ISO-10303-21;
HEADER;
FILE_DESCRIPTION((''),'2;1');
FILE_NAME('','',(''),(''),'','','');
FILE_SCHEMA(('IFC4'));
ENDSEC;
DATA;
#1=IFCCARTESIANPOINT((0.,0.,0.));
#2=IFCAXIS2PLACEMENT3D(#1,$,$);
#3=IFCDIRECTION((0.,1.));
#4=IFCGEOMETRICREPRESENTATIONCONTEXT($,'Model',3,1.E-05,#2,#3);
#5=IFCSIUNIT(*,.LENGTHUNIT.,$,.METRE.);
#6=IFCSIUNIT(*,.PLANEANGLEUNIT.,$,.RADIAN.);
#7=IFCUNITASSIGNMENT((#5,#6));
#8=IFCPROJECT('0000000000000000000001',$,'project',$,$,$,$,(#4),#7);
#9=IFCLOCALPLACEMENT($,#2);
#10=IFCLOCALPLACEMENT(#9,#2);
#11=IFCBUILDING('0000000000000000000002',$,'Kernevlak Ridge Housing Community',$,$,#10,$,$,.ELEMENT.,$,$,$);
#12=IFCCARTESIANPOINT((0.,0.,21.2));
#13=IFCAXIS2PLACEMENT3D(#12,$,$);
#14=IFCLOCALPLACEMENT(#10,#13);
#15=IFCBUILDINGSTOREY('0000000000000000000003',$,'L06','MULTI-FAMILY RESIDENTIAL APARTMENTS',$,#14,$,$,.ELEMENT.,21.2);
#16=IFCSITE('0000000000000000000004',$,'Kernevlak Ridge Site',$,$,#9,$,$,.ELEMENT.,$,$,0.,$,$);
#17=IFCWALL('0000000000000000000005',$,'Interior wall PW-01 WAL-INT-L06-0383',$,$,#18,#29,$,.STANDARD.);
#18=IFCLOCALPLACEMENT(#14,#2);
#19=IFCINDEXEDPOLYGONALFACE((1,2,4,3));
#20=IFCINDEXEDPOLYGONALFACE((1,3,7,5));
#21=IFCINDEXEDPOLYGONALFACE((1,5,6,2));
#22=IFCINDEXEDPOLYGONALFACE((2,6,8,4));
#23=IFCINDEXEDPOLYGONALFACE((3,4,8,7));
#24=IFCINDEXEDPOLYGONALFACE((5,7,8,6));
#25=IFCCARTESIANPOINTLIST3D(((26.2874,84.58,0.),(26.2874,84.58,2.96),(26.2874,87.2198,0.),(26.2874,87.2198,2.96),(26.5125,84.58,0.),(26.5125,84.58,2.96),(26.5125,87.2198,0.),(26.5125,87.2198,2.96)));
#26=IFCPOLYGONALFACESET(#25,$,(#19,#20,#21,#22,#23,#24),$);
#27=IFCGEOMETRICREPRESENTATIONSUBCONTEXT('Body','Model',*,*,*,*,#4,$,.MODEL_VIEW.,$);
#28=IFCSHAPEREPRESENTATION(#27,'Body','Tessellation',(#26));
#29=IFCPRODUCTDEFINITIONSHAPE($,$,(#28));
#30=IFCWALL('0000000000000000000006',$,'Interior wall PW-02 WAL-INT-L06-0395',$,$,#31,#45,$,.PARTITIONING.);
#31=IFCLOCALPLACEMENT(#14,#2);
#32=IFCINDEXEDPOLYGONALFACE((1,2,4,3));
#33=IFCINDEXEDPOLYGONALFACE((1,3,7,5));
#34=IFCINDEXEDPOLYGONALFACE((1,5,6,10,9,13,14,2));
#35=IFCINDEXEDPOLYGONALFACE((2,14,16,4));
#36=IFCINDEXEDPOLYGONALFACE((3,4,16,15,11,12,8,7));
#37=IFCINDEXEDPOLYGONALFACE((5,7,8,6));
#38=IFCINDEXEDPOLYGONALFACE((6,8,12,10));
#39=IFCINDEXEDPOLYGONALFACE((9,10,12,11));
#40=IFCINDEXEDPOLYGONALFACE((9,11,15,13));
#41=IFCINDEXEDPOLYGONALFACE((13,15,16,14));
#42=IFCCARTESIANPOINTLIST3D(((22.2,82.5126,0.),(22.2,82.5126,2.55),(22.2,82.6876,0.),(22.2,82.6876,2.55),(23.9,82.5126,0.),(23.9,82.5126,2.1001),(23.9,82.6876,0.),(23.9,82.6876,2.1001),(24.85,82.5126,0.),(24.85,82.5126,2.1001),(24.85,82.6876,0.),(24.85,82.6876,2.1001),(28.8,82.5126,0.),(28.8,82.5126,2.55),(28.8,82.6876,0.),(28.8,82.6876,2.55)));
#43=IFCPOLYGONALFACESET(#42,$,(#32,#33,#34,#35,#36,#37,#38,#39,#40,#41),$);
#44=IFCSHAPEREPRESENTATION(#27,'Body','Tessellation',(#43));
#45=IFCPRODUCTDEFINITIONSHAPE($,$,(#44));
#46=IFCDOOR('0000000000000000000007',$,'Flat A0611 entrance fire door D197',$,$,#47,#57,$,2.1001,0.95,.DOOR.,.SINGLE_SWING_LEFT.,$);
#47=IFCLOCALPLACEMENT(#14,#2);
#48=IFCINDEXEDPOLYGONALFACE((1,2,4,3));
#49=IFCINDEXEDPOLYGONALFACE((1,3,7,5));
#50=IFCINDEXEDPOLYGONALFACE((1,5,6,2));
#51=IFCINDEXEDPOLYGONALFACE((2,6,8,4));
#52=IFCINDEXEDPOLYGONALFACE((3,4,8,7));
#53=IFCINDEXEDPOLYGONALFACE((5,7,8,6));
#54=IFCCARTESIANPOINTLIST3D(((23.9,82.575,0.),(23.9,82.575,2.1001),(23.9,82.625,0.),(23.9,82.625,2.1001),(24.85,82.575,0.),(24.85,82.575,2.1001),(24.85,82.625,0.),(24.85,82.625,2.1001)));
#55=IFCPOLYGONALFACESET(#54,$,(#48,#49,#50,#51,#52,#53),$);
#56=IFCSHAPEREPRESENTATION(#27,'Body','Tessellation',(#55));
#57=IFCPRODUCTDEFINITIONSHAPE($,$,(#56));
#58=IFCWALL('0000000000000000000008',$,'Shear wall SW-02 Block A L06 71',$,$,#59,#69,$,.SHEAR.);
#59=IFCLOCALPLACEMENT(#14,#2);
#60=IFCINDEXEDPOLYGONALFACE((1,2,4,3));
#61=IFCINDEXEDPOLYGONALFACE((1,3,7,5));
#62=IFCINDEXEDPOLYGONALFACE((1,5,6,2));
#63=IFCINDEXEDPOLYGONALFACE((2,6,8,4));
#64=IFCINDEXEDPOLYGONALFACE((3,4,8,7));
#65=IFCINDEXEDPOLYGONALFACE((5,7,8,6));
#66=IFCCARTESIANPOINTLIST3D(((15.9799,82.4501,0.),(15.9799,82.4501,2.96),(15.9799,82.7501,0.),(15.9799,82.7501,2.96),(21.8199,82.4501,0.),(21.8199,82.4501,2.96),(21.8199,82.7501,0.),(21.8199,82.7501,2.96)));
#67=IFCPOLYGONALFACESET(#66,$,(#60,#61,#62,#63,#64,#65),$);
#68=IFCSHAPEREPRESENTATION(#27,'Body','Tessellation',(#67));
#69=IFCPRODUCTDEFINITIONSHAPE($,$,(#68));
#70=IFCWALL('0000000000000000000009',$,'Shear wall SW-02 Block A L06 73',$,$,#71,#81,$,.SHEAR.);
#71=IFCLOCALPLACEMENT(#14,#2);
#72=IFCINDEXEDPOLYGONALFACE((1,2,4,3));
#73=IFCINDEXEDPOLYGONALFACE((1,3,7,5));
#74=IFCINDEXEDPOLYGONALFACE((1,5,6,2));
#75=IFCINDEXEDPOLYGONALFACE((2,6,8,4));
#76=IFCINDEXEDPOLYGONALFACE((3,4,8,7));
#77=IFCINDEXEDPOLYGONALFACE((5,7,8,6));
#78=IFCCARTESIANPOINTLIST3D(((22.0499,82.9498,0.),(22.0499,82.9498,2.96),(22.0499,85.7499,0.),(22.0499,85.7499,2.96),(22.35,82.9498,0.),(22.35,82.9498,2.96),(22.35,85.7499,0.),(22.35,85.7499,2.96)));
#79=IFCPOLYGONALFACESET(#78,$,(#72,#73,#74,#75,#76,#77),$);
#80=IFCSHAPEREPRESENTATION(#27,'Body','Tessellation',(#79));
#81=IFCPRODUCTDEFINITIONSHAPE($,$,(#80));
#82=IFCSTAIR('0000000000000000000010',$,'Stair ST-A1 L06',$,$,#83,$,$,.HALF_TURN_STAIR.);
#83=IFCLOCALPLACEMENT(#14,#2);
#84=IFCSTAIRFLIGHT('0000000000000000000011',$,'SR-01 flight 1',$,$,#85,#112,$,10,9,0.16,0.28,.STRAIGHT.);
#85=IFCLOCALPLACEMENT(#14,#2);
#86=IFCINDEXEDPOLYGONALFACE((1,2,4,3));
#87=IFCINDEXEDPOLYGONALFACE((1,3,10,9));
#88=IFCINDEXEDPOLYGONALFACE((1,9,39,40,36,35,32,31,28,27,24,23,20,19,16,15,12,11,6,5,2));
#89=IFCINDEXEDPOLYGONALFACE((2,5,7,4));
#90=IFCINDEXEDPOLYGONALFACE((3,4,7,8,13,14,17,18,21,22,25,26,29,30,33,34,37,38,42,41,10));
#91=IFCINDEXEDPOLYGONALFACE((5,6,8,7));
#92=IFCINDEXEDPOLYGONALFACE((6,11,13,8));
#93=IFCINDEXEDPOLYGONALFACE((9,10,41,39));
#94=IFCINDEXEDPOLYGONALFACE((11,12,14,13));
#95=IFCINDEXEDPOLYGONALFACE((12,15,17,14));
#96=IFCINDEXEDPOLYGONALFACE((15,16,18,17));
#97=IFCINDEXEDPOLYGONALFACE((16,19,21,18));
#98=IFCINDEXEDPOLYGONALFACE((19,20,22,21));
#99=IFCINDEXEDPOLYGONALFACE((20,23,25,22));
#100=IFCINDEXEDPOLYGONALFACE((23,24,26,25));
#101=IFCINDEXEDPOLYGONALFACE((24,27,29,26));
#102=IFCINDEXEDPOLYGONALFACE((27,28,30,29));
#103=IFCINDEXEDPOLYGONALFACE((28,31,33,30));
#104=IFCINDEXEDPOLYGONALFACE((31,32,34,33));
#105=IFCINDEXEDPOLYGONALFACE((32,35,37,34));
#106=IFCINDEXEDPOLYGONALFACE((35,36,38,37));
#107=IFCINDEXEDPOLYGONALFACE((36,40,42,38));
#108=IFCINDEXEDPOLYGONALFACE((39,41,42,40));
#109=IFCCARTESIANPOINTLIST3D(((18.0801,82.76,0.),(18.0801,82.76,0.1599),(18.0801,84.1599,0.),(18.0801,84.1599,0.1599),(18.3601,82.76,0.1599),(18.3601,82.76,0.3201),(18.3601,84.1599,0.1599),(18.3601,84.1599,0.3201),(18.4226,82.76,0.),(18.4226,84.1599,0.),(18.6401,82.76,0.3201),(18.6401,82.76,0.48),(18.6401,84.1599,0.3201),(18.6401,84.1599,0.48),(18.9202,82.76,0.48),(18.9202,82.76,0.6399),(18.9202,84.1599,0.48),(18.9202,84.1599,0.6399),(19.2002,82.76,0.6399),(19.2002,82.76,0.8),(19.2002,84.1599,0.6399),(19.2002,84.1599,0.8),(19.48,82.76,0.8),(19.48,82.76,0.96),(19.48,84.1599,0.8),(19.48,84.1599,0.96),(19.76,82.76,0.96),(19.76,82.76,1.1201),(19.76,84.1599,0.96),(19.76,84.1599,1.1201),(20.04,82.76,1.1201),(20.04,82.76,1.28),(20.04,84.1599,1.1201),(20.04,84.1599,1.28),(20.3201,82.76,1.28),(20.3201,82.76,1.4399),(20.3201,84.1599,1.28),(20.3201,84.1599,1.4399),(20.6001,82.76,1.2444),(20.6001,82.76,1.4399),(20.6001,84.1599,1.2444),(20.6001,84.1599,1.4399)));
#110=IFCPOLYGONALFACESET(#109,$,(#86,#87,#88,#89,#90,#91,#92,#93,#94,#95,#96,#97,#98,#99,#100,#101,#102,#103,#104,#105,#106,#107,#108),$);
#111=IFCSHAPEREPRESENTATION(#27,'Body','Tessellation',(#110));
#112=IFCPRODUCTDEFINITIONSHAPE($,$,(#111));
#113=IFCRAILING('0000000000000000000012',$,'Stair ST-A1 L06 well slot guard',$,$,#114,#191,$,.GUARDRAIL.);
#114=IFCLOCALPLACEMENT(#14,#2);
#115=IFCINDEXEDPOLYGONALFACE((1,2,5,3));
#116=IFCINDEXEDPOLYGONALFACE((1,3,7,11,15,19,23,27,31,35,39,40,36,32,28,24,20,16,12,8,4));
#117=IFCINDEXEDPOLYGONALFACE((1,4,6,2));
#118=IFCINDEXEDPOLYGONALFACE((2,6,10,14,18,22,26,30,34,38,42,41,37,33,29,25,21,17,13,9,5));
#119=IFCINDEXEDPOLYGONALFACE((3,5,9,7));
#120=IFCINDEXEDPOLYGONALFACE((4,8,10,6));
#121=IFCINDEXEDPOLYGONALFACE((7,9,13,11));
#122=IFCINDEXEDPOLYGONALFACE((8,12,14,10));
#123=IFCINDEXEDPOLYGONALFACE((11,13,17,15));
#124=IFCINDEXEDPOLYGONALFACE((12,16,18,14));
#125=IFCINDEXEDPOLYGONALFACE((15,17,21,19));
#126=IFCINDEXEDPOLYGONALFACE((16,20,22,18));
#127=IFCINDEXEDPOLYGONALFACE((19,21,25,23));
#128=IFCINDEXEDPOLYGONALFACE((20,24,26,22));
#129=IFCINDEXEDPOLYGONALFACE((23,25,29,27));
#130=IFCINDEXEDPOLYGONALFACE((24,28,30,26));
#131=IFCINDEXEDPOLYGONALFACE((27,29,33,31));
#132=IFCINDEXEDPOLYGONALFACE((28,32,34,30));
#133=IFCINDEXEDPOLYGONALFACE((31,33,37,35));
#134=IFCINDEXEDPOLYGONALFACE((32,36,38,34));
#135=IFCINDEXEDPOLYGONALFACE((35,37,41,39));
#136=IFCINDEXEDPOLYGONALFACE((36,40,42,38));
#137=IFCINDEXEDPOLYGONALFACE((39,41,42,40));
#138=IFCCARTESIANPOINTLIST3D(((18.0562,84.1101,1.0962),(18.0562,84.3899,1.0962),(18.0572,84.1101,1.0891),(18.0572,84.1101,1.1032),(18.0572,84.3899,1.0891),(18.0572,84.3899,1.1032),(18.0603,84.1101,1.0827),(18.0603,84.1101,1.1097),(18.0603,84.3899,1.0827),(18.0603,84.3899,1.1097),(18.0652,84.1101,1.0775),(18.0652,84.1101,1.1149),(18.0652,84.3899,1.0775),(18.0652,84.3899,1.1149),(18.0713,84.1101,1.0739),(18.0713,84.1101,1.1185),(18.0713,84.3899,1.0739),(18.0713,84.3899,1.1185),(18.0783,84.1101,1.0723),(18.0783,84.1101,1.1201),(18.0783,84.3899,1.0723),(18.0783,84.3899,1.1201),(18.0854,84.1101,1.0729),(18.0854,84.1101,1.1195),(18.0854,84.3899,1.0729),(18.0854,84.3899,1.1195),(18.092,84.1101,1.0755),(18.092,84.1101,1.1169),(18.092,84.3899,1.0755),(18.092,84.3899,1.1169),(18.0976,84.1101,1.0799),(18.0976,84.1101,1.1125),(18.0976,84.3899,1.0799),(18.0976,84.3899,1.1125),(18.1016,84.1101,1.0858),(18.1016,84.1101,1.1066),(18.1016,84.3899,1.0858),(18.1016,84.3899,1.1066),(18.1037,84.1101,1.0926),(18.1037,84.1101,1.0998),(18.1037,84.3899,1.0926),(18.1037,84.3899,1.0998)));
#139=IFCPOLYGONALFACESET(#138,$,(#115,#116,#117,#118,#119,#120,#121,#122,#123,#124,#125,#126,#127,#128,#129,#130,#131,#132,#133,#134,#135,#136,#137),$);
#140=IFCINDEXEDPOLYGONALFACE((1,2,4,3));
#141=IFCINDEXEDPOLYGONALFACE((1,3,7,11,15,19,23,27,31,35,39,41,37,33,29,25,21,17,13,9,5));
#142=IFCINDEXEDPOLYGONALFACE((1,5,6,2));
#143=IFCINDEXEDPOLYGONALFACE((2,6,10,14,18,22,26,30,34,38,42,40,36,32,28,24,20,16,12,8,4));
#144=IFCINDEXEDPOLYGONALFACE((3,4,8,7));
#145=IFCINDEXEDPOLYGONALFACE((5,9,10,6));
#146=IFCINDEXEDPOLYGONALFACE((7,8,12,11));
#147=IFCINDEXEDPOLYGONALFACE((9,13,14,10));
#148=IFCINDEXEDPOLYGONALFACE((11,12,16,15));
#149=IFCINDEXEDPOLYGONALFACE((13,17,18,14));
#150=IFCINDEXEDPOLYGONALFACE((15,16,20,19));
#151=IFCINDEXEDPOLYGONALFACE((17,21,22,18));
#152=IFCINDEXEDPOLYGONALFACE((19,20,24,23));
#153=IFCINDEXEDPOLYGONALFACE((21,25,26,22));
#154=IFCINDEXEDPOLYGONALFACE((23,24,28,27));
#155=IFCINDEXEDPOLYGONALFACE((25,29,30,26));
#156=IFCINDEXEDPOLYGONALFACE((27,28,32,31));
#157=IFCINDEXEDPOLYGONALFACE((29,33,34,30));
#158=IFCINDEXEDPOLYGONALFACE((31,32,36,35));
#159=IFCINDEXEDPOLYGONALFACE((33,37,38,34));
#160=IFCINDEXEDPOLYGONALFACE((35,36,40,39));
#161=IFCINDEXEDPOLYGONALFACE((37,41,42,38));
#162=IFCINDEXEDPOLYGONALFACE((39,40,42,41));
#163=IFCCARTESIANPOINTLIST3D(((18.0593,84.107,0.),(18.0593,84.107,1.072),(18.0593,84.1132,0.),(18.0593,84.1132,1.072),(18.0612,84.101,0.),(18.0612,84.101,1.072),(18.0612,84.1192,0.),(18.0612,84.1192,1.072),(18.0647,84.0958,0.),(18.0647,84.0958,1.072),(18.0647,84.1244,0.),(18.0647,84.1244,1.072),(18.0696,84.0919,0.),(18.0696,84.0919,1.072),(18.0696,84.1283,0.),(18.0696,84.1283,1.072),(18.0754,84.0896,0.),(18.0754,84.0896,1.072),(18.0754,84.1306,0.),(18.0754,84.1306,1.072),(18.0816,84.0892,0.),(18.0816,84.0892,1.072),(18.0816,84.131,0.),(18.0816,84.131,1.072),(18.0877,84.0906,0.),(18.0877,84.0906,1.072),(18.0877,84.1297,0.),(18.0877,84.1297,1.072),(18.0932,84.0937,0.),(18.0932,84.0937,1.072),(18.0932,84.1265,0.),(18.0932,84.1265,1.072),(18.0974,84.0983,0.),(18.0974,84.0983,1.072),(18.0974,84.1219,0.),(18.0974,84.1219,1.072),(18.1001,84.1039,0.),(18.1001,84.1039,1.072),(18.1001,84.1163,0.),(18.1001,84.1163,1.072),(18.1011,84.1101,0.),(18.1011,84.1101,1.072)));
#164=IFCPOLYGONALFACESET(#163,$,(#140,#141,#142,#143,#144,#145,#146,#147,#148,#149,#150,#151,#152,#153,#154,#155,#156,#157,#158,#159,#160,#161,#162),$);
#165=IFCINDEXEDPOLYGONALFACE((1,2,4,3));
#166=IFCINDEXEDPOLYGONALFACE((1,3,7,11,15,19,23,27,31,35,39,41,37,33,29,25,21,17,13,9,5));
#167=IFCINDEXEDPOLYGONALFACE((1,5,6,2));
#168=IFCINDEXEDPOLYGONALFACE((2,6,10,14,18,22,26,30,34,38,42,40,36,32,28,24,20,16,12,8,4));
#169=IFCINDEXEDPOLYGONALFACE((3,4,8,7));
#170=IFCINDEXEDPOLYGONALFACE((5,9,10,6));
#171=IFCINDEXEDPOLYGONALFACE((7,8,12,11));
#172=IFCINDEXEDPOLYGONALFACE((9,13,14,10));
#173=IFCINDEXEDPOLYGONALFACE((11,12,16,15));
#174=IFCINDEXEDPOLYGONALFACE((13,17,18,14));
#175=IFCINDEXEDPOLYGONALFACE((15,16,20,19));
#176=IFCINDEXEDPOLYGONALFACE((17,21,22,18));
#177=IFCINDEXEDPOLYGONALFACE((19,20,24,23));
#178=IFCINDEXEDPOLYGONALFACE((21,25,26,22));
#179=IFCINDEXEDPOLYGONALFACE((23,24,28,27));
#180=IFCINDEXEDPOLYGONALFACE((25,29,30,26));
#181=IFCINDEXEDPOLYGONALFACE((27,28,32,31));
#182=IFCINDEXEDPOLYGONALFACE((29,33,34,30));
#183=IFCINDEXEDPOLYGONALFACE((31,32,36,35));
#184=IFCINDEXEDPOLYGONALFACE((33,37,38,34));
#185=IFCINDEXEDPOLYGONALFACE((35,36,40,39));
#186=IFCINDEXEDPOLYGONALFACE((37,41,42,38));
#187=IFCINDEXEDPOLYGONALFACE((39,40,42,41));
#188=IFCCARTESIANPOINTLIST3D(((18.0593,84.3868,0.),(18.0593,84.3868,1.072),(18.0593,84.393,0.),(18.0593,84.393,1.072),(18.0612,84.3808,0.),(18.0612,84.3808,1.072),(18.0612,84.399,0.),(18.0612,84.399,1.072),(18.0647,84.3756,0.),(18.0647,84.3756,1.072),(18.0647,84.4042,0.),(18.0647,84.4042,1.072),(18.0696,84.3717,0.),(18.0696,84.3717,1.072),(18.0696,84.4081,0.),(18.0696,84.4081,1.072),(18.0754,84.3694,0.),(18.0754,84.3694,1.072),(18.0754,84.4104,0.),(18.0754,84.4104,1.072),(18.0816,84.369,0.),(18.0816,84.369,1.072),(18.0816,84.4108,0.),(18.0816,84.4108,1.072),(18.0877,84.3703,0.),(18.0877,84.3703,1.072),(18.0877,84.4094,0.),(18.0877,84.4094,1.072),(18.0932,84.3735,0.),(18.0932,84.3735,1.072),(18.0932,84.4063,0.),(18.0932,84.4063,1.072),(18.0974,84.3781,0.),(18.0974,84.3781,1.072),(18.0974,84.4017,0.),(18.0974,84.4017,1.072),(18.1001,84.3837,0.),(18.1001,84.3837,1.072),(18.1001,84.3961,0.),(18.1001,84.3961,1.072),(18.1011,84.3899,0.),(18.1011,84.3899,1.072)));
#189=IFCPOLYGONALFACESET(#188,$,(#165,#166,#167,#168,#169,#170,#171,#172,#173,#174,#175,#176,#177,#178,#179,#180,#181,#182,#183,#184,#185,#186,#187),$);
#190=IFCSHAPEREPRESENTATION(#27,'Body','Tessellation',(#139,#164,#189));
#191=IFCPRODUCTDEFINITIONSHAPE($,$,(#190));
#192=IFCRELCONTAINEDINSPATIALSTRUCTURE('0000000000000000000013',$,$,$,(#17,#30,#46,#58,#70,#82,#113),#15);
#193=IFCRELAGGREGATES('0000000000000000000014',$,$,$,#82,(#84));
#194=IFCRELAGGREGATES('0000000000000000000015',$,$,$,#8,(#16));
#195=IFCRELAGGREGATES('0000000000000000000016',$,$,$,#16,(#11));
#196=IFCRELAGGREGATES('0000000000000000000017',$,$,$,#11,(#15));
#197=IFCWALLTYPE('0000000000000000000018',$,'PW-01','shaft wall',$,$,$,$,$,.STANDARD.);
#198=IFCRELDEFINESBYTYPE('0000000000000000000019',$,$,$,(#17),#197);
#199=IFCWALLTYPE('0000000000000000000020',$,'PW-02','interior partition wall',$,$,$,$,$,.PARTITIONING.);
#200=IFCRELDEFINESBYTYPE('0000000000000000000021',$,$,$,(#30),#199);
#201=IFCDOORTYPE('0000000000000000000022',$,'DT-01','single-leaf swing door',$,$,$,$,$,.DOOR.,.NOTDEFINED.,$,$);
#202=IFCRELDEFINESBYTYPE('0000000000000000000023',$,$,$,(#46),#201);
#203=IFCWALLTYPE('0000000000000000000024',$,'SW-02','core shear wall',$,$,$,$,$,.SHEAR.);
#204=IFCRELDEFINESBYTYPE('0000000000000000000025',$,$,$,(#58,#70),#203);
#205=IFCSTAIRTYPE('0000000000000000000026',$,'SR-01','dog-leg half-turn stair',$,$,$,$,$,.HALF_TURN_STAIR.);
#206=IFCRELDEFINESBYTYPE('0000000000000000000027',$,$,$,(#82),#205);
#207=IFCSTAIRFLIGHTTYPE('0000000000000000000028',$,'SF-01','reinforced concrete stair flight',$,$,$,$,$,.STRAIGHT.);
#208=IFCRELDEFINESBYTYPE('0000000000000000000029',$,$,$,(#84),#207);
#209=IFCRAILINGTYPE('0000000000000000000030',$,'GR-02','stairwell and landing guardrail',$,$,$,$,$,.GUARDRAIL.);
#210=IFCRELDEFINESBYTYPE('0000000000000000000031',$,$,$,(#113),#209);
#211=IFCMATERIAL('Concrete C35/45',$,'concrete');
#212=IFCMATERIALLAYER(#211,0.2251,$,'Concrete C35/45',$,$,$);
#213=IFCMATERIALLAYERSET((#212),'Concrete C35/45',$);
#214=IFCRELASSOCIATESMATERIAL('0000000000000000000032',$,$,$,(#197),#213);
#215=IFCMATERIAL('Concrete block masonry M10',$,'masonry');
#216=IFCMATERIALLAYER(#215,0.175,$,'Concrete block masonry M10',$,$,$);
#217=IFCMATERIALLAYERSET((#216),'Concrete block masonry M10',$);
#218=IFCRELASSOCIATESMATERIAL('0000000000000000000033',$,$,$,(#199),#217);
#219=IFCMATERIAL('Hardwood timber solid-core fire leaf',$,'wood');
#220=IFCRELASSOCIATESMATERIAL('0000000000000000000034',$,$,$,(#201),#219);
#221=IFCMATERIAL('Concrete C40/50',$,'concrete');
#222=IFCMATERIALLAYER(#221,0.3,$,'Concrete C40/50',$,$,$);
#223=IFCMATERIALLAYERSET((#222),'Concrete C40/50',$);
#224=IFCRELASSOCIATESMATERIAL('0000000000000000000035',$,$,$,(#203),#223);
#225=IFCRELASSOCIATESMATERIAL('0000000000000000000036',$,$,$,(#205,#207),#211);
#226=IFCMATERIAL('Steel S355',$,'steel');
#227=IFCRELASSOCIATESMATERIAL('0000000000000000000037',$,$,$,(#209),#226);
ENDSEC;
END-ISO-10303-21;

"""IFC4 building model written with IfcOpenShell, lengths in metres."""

from ifc_helpers import new_model, si_unit, direction, frame, frame_2d, origin, origin_2d, place, context, subcontext, project, spatial, polyline, rectangle, circle, outline, extrude, material, layer, layer_set, type_object, element, fill, aggregate, save


model = new_model("IFC4")

# Units and contexts
model_context = context("Model", 3, precision=1e-05, world=origin(), true_north=direction((0.0, 1.0)))
body_context = subcontext(model_context, "Body", "Model", "MODEL_VIEW")
ifc_project = project(units=[si_unit("LENGTHUNIT", "METRE"), si_unit("PLANEANGLEUNIT", "RADIAN")], contexts=[model_context])

# Site, building, storey
site_placement = place(None, origin())
site = spatial("IfcSite", under=ifc_project, at=site_placement, Name="Kernevlak Ridge Site", CompositionType="ELEMENT", RefElevation=0.0)
building_placement = place(site_placement, origin())
building = spatial("IfcBuilding", under=site, at=building_placement, Name="Kernevlak Ridge Housing Community", CompositionType="ELEMENT")
storey_placement = place(building_placement, frame((0.0, 0.0, 21.2)))
storey = spatial("IfcBuildingStorey", under=building, at=storey_placement, Name="L06", Description="MULTI-FAMILY RESIDENTIAL APARTMENTS", CompositionType="ELEMENT", Elevation=21.2)

# Shared definitions
ifc_material_1 = material(Name="Concrete C40/50", Category="concrete")

# Shared definitions
ifc_material_2 = material(Name="Concrete C35/45", Category="concrete")

# Shared definitions
ifc_layer_1 = layer(ifc_material_2, 0.2251, Name="Concrete C35/45")
ifc_layer_set_1 = layer_set([ifc_layer_1], Name="Concrete C35/45")
wall_type_1 = type_object("IfcWallType", Name="PW-01", Description="shaft wall", PredefinedType="STANDARD", material=ifc_layer_set_1)

# Wall
for number, where, z_axis, x_axis, name in (
    (1, (26.3999, 84.5801, 0.0), (0.0, 0.0, 1.0), (0.0, 1.0, 0.0), "Interior wall PW-01 WAL-INT-L06-0383"),
):
    element("IfcWall", number, at=place(storey_placement, frame(where, z_axis=z_axis, x_axis=x_axis)), inside=storey, type_object=wall_type_1, Name=name, PredefinedType="STANDARD", context=body_context, shape_type="SweptSolid", body=[
        extrude(rectangle(XDim=2.6399, YDim=0.2251, at=frame_2d((1.3198, 0.0))), origin(), (0.0, 0.0, 1.0), 2.96),
    ])

# Wall, opening, door
ifc_material_3 = material(Name="Concrete block masonry M10", Category="masonry")
ifc_layer_2 = layer(ifc_material_3, 0.175, Name="Concrete block masonry M10")
ifc_layer_set_2 = layer_set([ifc_layer_2], Name="Concrete block masonry M10")
wall_type_2 = type_object("IfcWallType", Name="PW-02", Description="interior partition wall", PredefinedType="PARTITIONING", material=ifc_layer_set_2)
wall_1_placement = place(storey_placement, frame((22.2, 82.6001, 0.0), z_axis=(0.0, 0.0, 1.0), x_axis=(1.0, 0.0, 0.0)))
wall_1 = element("IfcWall", 2, at=wall_1_placement, inside=storey, type_object=wall_type_2, Name="Interior wall PW-02 WAL-INT-L06-0395", PredefinedType="PARTITIONING", context=body_context, shape_type="SweptSolid", body=[
    extrude(rectangle(XDim=6.6001, YDim=0.175, at=frame_2d((3.3, 0.0))), origin(), (0.0, 0.0, 1.0), 2.55),
])
opening_1_placement = place(wall_1_placement, frame((1.7, 0.0, 0.0)))
opening_1 = element("IfcOpeningElement", 3, at=opening_1_placement, cuts=wall_1, PredefinedType="OPENING", context=body_context, shape_type="SweptSolid", body=[
    extrude(rectangle(XDim=0.95, YDim=2.1001, at=frame_2d((0.4751, 1.05))), frame((0.0, 0.0974, 0.0), z_axis=(0.0, -1.0, 0.0), x_axis=(1.0, 0.0, 0.0)), (0.0, 0.0, 1.0), 0.1951),
])
ifc_material_4 = material(Name="Hardwood timber solid-core fire leaf", Category="wood")
door_type_1 = type_object("IfcDoorType", Name="DT-01", Description="single-leaf swing door", OperationType="NOTDEFINED", PredefinedType="DOOR", material=ifc_material_4)
door_1_placement = place(opening_1_placement, origin())
door_1 = element("IfcDoor", 4, at=door_1_placement, inside=storey, type_object=door_type_1, Name="Flat A0611 entrance fire door D197", OperationType="SINGLE_SWING_LEFT", OverallHeight=2.1001, OverallWidth=0.95, PredefinedType="DOOR", context=body_context, shape_type="SweptSolid", body=[
    extrude(rectangle(XDim=0.95, YDim=2.1001, at=frame_2d((0.4751, 1.05))), frame((0.0, 0.0249, 0.0), z_axis=(0.0, -1.0, 0.0), x_axis=(1.0, 0.0, 0.0)), (0.0, 0.0, 1.0), 0.05),
])
fill(opening_1, door_1)

# Walls
ifc_layer_3 = layer(ifc_material_1, 0.3, Name="Concrete C40/50")
ifc_layer_set_3 = layer_set([ifc_layer_3], Name="Concrete C40/50")
wall_type_3 = type_object("IfcWallType", Name="SW-02", Description="core shear wall", PredefinedType="SHEAR", material=ifc_layer_set_3)
wall_2_placement = place(storey_placement, frame((15.98, 82.6001, 0.0), z_axis=(0.0, 0.0, 1.0), x_axis=(1.0, 0.0, 0.0)))
element("IfcWall", 5, at=wall_2_placement, inside=storey, type_object=wall_type_3, Name="Shear wall SW-02 Block A L06 71", PredefinedType="SHEAR", context=body_context, shape_type="SweptSolid", body=[
    extrude(rectangle(XDim=5.8401, YDim=0.3, at=frame_2d((2.9199, 0.0))), origin(), (0.0, 0.0, 1.0), 2.96),
])
wall_3_placement = place(storey_placement, frame((22.2, 82.95, 0.0), z_axis=(0.0, 0.0, 1.0), x_axis=(0.0, 1.0, 0.0)))
element("IfcWall", 6, at=wall_3_placement, inside=storey, type_object=wall_type_3, Name="Shear wall SW-02 Block A L06 73", PredefinedType="SHEAR", context=body_context, shape_type="SweptSolid", body=[
    extrude(rectangle(XDim=2.8, YDim=0.3, at=frame_2d((1.3999, 0.0))), origin(), (0.0, 0.0, 1.0), 2.96),
])

# Stair, stair flight
stair_type = type_object("IfcStairType", Name="SR-01", Description="dog-leg half-turn stair", PredefinedType="HALF_TURN_STAIR", material=ifc_material_2)
stair_placement = place(storey_placement, origin())
stair = element("IfcStair", 7, at=stair_placement, inside=storey, type_object=stair_type, Name="Stair ST-A1 L06", PredefinedType="HALF_TURN_STAIR")
stair_flight_type = type_object("IfcStairFlightType", Name="SF-01", Description="reinforced concrete stair flight", PredefinedType="STRAIGHT", material=ifc_material_2)
stair_flight_placement = place(storey_placement, frame((18.0801, 83.46, 0.0), z_axis=(0.0, 0.0, 1.0), x_axis=(1.0, 0.0, 0.0)))
stair_flight = element("IfcStairFlight", 8, at=stair_flight_placement, type_object=stair_flight_type, Name="SR-01 flight 1", NumberOfRisers=10, NumberOfTreads=9, PredefinedType="STRAIGHT", RiserHeight=0.16, TreadLength=0.28, context=body_context, shape_type="SweptSolid", body=[
    extrude(outline(polyline([(0.0, 0.0), (0.0, 0.1599), (0.28, 0.1599), (0.28, 0.3201), (0.5601, 0.3201), (0.5601, 0.48), (0.8401, 0.48), (0.8401, 0.6399), (1.1201, 0.6399), (1.1201, 0.8), (1.3999, 0.8), (1.3999, 0.96), (1.6799, 0.96), (1.6799, 1.1201), (1.96, 1.1201), (1.96, 1.28), (2.24, 1.28), (2.24, 1.4399), (2.52, 1.4399), (2.52, 1.6001), (2.52, 1.2444), (0.3425, 0.0), (0.0, 0.0)])), frame((0.0, 0.7, 0.0), z_axis=(0.0, -1.0, 0.0), x_axis=(1.0, 0.0, 0.0)), (0.0, 0.0, 1.0), 1.3999),
])
aggregate(stair, [stair_flight])

# Railing
ifc_material_5 = material(Name="Steel S355", Category="steel")
railing_type_1 = type_object("IfcRailingType", Name="GR-02", Description="stairwell and landing guardrail", PredefinedType="GUARDRAIL", material=ifc_material_5)
railing_1_placement = place(storey_placement, frame((18.0801, 84.1101, 0.0)))
element("IfcRailing", 9, at=railing_1_placement, inside=storey, type_object=railing_type_1, Name="Stair ST-A1 L06 well slot guard", PredefinedType="GUARDRAIL", context=body_context, shape_type="SweptSolid", body=[
    extrude(circle(Radius=0.0239, at=origin_2d()), frame((0.0, 0.0, 1.0962), z_axis=(0.0, 1.0, 0.0), x_axis=(-1.0, 0.0, 0.0)), (0.0, 0.0, 1.0), 0.2798),
    extrude(circle(Radius=0.021, at=origin_2d()), origin(), (0.0, 0.0, 1.0), 1.072),
    extrude(circle(Radius=0.021, at=origin_2d()), frame((0.0, 0.2798, 0.0)), (0.0, 0.0, 1.0), 1.072),
])

save(model, "model.ifc")
